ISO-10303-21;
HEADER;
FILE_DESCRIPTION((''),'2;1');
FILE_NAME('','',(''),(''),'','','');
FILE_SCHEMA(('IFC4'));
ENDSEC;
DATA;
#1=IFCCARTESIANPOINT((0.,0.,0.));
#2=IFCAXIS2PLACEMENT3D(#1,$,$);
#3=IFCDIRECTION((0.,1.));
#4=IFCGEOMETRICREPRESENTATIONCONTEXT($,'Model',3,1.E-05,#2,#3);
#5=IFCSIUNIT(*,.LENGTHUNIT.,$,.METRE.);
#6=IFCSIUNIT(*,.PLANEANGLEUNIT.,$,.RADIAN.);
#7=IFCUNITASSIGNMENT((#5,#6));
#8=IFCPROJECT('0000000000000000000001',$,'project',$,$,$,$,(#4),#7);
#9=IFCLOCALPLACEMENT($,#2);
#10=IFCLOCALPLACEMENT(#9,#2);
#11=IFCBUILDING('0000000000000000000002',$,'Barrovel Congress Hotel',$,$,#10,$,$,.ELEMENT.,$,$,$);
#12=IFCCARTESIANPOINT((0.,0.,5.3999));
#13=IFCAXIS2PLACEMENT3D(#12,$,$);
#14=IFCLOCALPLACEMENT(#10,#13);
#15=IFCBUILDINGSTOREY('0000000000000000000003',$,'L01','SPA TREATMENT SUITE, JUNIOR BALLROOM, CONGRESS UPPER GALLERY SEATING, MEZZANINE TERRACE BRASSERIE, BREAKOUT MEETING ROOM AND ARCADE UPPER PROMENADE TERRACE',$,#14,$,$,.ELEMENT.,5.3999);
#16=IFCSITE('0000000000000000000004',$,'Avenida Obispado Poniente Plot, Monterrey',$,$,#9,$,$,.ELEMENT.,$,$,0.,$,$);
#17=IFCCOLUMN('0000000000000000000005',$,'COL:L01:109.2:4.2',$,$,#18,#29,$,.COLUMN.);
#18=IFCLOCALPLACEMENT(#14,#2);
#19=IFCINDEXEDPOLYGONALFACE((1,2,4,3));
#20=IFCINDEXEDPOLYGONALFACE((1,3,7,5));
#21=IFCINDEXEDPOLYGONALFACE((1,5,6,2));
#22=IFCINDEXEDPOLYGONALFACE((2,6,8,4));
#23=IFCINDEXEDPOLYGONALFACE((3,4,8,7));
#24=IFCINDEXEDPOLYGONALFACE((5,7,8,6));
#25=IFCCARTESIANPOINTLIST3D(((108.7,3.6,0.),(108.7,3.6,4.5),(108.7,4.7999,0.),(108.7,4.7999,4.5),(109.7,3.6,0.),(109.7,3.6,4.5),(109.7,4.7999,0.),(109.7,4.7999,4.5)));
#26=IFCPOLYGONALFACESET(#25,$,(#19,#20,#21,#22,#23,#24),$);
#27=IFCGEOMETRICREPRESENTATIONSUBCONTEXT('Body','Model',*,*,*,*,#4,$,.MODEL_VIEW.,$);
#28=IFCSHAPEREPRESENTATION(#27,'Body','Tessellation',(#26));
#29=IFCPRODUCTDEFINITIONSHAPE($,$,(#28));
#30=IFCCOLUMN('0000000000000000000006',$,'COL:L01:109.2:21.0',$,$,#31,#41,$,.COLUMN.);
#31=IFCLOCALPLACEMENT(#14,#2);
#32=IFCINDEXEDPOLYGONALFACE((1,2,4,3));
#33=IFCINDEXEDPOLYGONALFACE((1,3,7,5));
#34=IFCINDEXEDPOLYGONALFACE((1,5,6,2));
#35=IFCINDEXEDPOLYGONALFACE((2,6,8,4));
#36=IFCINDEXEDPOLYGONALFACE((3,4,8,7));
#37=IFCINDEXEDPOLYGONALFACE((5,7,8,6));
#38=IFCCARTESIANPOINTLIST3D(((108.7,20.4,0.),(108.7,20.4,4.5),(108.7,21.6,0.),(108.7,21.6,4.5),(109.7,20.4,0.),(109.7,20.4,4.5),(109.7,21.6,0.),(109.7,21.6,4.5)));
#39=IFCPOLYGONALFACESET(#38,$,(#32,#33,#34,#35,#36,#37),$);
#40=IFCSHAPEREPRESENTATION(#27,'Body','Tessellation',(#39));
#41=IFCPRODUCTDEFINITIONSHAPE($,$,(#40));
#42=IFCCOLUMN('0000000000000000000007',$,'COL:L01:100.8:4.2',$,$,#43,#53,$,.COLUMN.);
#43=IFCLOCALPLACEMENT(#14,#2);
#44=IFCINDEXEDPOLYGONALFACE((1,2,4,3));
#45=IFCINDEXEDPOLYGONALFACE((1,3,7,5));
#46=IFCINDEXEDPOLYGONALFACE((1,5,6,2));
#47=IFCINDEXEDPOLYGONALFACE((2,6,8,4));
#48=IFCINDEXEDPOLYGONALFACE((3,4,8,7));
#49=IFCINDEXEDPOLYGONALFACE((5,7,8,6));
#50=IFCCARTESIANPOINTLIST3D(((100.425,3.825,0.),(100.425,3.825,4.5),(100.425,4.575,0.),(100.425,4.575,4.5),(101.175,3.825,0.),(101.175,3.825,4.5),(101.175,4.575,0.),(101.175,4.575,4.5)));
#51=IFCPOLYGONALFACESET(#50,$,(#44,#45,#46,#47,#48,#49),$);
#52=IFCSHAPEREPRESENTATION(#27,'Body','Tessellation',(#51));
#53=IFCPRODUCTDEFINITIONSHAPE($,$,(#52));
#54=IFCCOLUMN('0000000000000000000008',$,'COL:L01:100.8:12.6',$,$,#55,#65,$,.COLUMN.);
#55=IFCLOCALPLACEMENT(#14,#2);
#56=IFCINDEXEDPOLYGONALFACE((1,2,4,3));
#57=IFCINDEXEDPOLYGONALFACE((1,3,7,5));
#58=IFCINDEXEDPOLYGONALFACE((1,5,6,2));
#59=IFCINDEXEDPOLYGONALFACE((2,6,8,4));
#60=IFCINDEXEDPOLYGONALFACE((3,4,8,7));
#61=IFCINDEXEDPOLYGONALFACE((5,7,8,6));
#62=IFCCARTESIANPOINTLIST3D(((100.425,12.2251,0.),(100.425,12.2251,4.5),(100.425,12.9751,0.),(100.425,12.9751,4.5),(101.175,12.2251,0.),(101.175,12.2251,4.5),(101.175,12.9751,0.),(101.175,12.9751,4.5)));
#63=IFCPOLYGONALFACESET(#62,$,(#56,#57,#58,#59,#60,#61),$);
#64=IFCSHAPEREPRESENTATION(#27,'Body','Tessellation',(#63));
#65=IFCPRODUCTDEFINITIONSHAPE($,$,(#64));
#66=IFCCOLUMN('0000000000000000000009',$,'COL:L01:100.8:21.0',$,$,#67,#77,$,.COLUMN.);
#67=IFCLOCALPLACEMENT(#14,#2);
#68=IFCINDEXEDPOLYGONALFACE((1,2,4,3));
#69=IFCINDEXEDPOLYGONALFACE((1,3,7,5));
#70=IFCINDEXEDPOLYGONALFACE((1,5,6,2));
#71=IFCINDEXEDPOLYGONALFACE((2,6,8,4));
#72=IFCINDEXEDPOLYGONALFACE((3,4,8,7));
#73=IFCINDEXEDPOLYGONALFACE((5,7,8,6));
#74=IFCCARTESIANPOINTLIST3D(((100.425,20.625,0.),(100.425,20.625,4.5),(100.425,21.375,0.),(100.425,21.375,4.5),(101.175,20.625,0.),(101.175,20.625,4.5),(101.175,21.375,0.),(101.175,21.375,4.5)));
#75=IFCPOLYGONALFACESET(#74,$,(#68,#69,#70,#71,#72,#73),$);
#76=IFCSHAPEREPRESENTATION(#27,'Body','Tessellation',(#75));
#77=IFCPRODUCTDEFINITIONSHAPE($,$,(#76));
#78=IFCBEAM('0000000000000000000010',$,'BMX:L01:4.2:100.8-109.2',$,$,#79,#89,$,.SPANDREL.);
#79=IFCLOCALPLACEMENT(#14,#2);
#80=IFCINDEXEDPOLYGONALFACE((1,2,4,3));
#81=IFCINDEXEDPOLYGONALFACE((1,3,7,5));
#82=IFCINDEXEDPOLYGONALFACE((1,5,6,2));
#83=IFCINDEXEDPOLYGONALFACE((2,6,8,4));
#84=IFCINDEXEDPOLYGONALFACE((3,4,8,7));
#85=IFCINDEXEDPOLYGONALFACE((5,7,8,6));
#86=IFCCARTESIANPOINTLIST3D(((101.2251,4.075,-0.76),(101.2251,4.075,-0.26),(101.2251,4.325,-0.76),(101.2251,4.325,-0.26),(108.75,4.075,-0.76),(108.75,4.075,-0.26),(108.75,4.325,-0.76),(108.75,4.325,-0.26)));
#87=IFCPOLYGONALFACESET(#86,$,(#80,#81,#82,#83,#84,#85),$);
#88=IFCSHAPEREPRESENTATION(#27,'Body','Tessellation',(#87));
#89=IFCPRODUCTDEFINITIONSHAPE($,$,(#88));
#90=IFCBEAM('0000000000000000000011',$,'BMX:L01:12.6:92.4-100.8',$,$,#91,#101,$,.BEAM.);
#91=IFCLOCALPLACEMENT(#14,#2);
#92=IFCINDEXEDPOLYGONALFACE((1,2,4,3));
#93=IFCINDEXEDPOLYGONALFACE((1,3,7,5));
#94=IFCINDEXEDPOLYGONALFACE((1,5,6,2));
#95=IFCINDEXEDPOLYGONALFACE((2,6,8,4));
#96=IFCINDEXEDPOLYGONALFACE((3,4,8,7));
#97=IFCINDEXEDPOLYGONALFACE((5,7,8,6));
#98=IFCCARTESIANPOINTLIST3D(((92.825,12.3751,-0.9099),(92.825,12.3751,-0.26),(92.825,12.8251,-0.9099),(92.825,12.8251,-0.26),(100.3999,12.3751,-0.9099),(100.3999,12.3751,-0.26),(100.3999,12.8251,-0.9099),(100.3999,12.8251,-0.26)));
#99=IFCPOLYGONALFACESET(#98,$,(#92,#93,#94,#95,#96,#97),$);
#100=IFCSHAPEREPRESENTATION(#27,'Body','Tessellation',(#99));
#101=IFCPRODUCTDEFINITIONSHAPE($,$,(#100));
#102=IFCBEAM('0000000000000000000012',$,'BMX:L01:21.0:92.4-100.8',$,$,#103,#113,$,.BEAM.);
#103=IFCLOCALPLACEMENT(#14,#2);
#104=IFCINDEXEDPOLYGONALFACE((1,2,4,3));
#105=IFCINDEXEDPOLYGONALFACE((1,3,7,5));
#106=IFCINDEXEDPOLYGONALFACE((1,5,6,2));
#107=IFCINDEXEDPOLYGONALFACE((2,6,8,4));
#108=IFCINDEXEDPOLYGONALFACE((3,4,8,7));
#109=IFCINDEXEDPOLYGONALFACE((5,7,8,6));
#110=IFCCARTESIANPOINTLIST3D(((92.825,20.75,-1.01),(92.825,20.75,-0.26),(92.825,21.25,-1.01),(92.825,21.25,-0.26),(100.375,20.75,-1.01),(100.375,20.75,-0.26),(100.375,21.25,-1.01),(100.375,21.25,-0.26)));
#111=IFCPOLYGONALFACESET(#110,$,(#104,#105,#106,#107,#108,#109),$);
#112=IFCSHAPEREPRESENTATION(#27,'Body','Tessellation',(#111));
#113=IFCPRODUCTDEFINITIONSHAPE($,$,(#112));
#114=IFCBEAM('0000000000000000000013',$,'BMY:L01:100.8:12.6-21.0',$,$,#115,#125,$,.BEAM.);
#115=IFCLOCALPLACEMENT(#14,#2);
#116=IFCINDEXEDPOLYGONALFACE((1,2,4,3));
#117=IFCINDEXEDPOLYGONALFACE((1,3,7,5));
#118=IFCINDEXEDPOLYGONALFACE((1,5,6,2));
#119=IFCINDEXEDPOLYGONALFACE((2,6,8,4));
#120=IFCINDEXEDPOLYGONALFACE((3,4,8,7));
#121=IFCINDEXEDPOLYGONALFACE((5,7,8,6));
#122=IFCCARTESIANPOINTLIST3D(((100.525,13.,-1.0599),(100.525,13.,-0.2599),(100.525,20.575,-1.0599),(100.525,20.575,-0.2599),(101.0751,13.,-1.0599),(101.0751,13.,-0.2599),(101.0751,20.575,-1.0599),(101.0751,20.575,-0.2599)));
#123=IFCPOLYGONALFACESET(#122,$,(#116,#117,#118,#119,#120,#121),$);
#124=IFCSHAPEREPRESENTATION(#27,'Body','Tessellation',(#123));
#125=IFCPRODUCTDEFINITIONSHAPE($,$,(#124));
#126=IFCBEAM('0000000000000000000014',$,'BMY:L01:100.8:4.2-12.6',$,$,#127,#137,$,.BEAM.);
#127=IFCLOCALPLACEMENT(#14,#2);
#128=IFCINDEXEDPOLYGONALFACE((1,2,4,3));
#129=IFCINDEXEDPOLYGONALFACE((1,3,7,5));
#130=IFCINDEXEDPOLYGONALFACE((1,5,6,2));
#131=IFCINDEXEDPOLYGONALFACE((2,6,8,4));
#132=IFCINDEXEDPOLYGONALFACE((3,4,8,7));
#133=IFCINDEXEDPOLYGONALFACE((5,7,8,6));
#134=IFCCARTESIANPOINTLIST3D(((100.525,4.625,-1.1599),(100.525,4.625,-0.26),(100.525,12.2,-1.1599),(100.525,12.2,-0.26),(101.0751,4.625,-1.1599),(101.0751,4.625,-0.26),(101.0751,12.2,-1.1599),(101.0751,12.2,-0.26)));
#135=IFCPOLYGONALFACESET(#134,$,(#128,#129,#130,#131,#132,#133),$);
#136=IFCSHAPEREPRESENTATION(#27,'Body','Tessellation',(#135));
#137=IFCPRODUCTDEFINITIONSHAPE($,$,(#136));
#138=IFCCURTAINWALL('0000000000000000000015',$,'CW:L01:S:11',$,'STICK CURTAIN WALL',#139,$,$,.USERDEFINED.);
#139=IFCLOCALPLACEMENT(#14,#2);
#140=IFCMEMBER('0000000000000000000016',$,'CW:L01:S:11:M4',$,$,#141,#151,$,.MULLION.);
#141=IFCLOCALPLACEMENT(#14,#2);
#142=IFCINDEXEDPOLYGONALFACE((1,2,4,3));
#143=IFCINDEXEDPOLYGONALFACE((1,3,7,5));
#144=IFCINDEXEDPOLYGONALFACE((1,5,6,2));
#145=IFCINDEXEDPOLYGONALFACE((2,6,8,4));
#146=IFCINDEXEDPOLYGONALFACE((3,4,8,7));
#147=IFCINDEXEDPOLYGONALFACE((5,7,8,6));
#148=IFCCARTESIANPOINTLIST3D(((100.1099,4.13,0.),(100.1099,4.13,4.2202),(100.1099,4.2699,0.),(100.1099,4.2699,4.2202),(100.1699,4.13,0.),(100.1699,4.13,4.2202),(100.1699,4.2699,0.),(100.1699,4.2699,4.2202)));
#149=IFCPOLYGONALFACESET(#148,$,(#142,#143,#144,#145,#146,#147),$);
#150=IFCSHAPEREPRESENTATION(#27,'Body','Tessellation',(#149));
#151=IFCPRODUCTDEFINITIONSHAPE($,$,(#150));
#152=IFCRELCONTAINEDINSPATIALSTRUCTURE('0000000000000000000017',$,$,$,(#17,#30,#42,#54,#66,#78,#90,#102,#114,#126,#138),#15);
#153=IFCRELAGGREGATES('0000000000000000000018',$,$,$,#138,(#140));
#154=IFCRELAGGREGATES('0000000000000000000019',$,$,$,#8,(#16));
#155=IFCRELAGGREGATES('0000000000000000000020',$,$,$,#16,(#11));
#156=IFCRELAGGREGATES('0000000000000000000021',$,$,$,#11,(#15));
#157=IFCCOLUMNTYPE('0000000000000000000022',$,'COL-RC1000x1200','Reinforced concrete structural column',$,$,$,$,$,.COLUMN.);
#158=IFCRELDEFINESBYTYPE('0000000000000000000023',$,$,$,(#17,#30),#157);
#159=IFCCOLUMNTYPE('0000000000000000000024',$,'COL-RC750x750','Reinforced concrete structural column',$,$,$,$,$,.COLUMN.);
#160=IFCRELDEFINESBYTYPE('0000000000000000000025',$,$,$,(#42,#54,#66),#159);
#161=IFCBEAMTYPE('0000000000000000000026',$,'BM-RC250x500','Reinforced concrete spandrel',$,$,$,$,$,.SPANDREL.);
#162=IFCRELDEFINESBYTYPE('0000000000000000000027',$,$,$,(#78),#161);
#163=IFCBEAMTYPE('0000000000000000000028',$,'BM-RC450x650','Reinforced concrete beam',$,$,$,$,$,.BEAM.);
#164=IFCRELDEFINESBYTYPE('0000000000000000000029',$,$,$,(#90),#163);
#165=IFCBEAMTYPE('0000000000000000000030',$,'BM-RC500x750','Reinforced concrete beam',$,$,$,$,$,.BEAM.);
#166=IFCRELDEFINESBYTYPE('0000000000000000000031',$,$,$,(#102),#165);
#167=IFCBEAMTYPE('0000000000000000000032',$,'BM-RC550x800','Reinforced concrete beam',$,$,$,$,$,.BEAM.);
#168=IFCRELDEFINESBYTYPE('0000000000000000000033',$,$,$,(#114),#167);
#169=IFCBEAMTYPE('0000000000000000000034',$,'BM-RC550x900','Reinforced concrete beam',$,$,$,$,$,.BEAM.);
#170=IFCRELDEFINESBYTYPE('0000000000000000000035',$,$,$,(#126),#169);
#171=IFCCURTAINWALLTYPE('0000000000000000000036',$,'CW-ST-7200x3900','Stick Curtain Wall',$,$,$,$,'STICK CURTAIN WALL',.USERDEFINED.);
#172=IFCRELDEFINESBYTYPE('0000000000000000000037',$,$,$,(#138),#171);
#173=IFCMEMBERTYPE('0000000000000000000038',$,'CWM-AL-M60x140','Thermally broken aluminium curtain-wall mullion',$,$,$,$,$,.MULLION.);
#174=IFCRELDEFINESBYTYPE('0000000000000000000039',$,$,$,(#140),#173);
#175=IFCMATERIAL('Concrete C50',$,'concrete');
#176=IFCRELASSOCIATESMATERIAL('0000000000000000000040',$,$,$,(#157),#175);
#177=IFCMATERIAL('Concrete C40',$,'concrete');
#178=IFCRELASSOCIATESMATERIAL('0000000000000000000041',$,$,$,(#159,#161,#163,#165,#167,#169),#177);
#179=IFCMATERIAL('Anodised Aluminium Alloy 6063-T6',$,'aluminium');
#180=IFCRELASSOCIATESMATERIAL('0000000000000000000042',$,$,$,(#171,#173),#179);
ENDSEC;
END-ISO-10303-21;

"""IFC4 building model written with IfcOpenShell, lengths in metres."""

from ifc_helpers import new_model, si_unit, direction, frame, origin, origin_2d, place, context, subcontext, project, spatial, rectangle, extrude, material, material_profile, profile_set, type_object, element, aggregate, save


model = new_model("IFC4")

# Units and contexts
model_context = context("Model", 3, precision=1e-05, world=origin(), true_north=direction((0.0, 1.0)))
body_context = subcontext(model_context, "Body", "Model", "MODEL_VIEW")
ifc_project = project(units=[si_unit("LENGTHUNIT", "METRE"), si_unit("PLANEANGLEUNIT", "RADIAN")], contexts=[model_context])

# Site, building, storey
site_placement = place(None, origin())
site = spatial("IfcSite", under=ifc_project, at=site_placement, Name="Avenida Obispado Poniente Plot, Monterrey", CompositionType="ELEMENT", RefElevation=0.0)
building_placement = place(site_placement, origin())
building = spatial("IfcBuilding", under=site, at=building_placement, Name="Barrovel Congress Hotel", CompositionType="ELEMENT")
storey_placement = place(building_placement, frame((0.0, 0.0, 5.3999)))
storey = spatial("IfcBuildingStorey", under=building, at=storey_placement, Name="L01", Description="SPA TREATMENT SUITE, JUNIOR BALLROOM, CONGRESS UPPER GALLERY SEATING, MEZZANINE TERRACE BRASSERIE, BREAKOUT MEETING ROOM AND ARCADE UPPER PROMENADE TERRACE", CompositionType="ELEMENT", Elevation=5.3999)

# Columns
ifc_material_1 = material(Name="Concrete C50", Category="concrete")
ifc_material_profile_1 = material_profile(ifc_material_1, rectangle(XDim=1.0, YDim=1.2, at=origin_2d()), Name="RC1000x1200")
ifc_profile_set_1 = profile_set([ifc_material_profile_1], Name="Concrete C50")
column_type_1 = type_object("IfcColumnType", Name="COL-RC1000x1200", Description="Reinforced concrete structural column", PredefinedType="COLUMN", material=ifc_profile_set_1)
for number, where, z_axis, x_axis, name in (
    (1, (109.2, 4.2, 0.0), (0.0, 0.0, 1.0), (1.0, 0.0, 0.0), "COL:L01:109.2:4.2"),
    (2, (109.2, 21.0, 0.0), (0.0, 0.0, 1.0), (1.0, 0.0, 0.0), "COL:L01:109.2:21.0"),
):
    element("IfcColumn", number, at=place(storey_placement, frame(where, z_axis=z_axis, x_axis=x_axis)), inside=storey, type_object=column_type_1, Name=name, PredefinedType="COLUMN", context=body_context, shape_type="SweptSolid", body=[
        extrude(rectangle(XDim=1.0, YDim=1.2, at=origin_2d()), origin(), (0.0, 0.0, 1.0), 4.5),
    ])
ifc_material_2 = material(Name="Concrete C40", Category="concrete")
ifc_material_profile_2 = material_profile(ifc_material_2, rectangle(XDim=0.75, YDim=0.75, at=origin_2d()), Name="RC750x750")
ifc_profile_set_2 = profile_set([ifc_material_profile_2], Name="Concrete C40")
column_type_2 = type_object("IfcColumnType", Name="COL-RC750x750", Description="Reinforced concrete structural column", PredefinedType="COLUMN", material=ifc_profile_set_2)
for number, where, z_axis, x_axis, name in (
    (3, (100.8, 4.2, 0.0), (0.0, 0.0, 1.0), (1.0, 0.0, 0.0), "COL:L01:100.8:4.2"),
    (4, (100.8, 12.6001, 0.0), (0.0, 0.0, 1.0), (1.0, 0.0, 0.0), "COL:L01:100.8:12.6"),
    (5, (100.8, 21.0, 0.0), (0.0, 0.0, 1.0), (1.0, 0.0, 0.0), "COL:L01:100.8:21.0"),
):
    element("IfcColumn", number, at=place(storey_placement, frame(where, z_axis=z_axis, x_axis=x_axis)), inside=storey, type_object=column_type_2, Name=name, PredefinedType="COLUMN", context=body_context, shape_type="SweptSolid", body=[
        extrude(rectangle(XDim=0.75, YDim=0.75, at=origin_2d()), origin(), (0.0, 0.0, 1.0), 4.5),
    ])

# Beams
ifc_material_profile_3 = material_profile(ifc_material_2, rectangle(XDim=0.25, YDim=0.5, at=origin_2d()), Name="RC250x500")
ifc_profile_set_3 = profile_set([ifc_material_profile_3], Name="Concrete C40")
beam_type_1 = type_object("IfcBeamType", Name="BM-RC250x500", Description="Reinforced concrete spandrel", PredefinedType="SPANDREL", material=ifc_profile_set_3)
beam_1_placement = place(storey_placement, frame((101.2251, 4.2, -0.51), z_axis=(1.0, 0.0, 0.0), x_axis=(0.0, 1.0, 0.0)))
element("IfcBeam", 6, at=beam_1_placement, inside=storey, type_object=beam_type_1, Name="BMX:L01:4.2:100.8-109.2", PredefinedType="SPANDREL", context=body_context, shape_type="SweptSolid", body=[
    extrude(rectangle(XDim=0.25, YDim=0.5, at=origin_2d()), origin(), (0.0, 0.0, 1.0), 7.5249),
])
ifc_material_profile_4 = material_profile(ifc_material_2, rectangle(XDim=0.45, YDim=0.6499, at=origin_2d()), Name="RC450x650")
ifc_profile_set_4 = profile_set([ifc_material_profile_4], Name="Concrete C40")
beam_type_2 = type_object("IfcBeamType", Name="BM-RC450x650", Description="Reinforced concrete beam", PredefinedType="BEAM", material=ifc_profile_set_4)
beam_2_placement = place(storey_placement, frame((92.825, 12.6001, -0.585), z_axis=(1.0, 0.0, 0.0), x_axis=(0.0, 1.0, 0.0)))
element("IfcBeam", 7, at=beam_2_placement, inside=storey, type_object=beam_type_2, Name="BMX:L01:12.6:92.4-100.8", PredefinedType="BEAM", context=body_context, shape_type="SweptSolid", body=[
    extrude(rectangle(XDim=0.45, YDim=0.6499, at=origin_2d()), origin(), (0.0, 0.0, 1.0), 7.575),
])
ifc_material_profile_5 = material_profile(ifc_material_2, rectangle(XDim=0.5, YDim=0.75, at=origin_2d()), Name="RC500x750")
ifc_profile_set_5 = profile_set([ifc_material_profile_5], Name="Concrete C40")
beam_type_3 = type_object("IfcBeamType", Name="BM-RC500x750", Description="Reinforced concrete beam", PredefinedType="BEAM", material=ifc_profile_set_5)
beam_3_placement = place(storey_placement, frame((92.825, 21.0, -0.635), z_axis=(1.0, 0.0, 0.0), x_axis=(0.0, 1.0, 0.0)))
element("IfcBeam", 8, at=beam_3_placement, inside=storey, type_object=beam_type_3, Name="BMX:L01:21.0:92.4-100.8", PredefinedType="BEAM", context=body_context, shape_type="SweptSolid", body=[
    extrude(rectangle(XDim=0.5, YDim=0.75, at=origin_2d()), origin(), (0.0, 0.0, 1.0), 7.55),
])
ifc_material_profile_6 = material_profile(ifc_material_2, rectangle(XDim=0.55, YDim=0.8, at=origin_2d()), Name="RC550x800")
ifc_profile_set_6 = profile_set([ifc_material_profile_6], Name="Concrete C40")
beam_type_4 = type_object("IfcBeamType", Name="BM-RC550x800", Description="Reinforced concrete beam", PredefinedType="BEAM", material=ifc_profile_set_6)
beam_4_placement = place(storey_placement, frame((100.8, 13.0, -0.6599), z_axis=(0.0, 1.0, 0.0), x_axis=(-1.0, 0.0, 0.0)))
element("IfcBeam", 9, at=beam_4_placement, inside=storey, type_object=beam_type_4, Name="BMY:L01:100.8:12.6-21.0", PredefinedType="BEAM", context=body_context, shape_type="SweptSolid", body=[
    extrude(rectangle(XDim=0.55, YDim=0.8, at=origin_2d()), origin(), (0.0, 0.0, 1.0), 7.575),
])
ifc_material_profile_7 = material_profile(ifc_material_2, rectangle(XDim=0.55, YDim=0.8999, at=origin_2d()), Name="RC550x900")
ifc_profile_set_7 = profile_set([ifc_material_profile_7], Name="Concrete C40")
beam_type_5 = type_object("IfcBeamType", Name="BM-RC550x900", Description="Reinforced concrete beam", PredefinedType="BEAM", material=ifc_profile_set_7)
beam_5_placement = place(storey_placement, frame((100.8, 4.625, -0.71), z_axis=(0.0, 1.0, 0.0), x_axis=(-1.0, 0.0, 0.0)))
element("IfcBeam", 10, at=beam_5_placement, inside=storey, type_object=beam_type_5, Name="BMY:L01:100.8:4.2-12.6", PredefinedType="BEAM", context=body_context, shape_type="SweptSolid", body=[
    extrude(rectangle(XDim=0.55, YDim=0.8999, at=origin_2d()), origin(), (0.0, 0.0, 1.0), 7.575),
])

# Curtain wall, member
ifc_material_3 = material(Name="Anodised Aluminium Alloy 6063-T6", Category="aluminium")
curtain_wall_type = type_object("IfcCurtainWallType", Name="CW-ST-7200x3900", Description="Stick Curtain Wall", ElementType="STICK CURTAIN WALL", PredefinedType="USERDEFINED", material=ifc_material_3)
curtain_wall_placement = place(storey_placement, origin())
curtain_wall = element("IfcCurtainWall", 11, at=curtain_wall_placement, inside=storey, type_object=curtain_wall_type, Name="CW:L01:S:11", ObjectType="STICK CURTAIN WALL", PredefinedType="USERDEFINED")
ifc_material_profile_8 = material_profile(ifc_material_3, rectangle(XDim=0.0601, YDim=0.1399, at=origin_2d()), Name="AL-M60x140")
ifc_profile_set_8 = profile_set([ifc_material_profile_8], Name="Anodised Aluminium Alloy 6063-T6")
member_type = type_object("IfcMemberType", Name="CWM-AL-M60x140", Description="Thermally broken aluminium curtain-wall mullion", PredefinedType="MULLION", material=ifc_profile_set_8)
member_placement = place(storey_placement, frame((100.1399, 4.2, 0.0), z_axis=(0.0, 0.0, 1.0), x_axis=(1.0, 0.0, 0.0)))
member = element("IfcMember", 12, at=member_placement, type_object=member_type, Name="CW:L01:S:11:M4", PredefinedType="MULLION", context=body_context, shape_type="SweptSolid", body=[
    extrude(rectangle(XDim=0.0601, YDim=0.1399, at=origin_2d()), origin(), (0.0, 0.0, 1.0), 4.2202),
])
aggregate(curtain_wall, [member])

save(model, "model.ifc")
